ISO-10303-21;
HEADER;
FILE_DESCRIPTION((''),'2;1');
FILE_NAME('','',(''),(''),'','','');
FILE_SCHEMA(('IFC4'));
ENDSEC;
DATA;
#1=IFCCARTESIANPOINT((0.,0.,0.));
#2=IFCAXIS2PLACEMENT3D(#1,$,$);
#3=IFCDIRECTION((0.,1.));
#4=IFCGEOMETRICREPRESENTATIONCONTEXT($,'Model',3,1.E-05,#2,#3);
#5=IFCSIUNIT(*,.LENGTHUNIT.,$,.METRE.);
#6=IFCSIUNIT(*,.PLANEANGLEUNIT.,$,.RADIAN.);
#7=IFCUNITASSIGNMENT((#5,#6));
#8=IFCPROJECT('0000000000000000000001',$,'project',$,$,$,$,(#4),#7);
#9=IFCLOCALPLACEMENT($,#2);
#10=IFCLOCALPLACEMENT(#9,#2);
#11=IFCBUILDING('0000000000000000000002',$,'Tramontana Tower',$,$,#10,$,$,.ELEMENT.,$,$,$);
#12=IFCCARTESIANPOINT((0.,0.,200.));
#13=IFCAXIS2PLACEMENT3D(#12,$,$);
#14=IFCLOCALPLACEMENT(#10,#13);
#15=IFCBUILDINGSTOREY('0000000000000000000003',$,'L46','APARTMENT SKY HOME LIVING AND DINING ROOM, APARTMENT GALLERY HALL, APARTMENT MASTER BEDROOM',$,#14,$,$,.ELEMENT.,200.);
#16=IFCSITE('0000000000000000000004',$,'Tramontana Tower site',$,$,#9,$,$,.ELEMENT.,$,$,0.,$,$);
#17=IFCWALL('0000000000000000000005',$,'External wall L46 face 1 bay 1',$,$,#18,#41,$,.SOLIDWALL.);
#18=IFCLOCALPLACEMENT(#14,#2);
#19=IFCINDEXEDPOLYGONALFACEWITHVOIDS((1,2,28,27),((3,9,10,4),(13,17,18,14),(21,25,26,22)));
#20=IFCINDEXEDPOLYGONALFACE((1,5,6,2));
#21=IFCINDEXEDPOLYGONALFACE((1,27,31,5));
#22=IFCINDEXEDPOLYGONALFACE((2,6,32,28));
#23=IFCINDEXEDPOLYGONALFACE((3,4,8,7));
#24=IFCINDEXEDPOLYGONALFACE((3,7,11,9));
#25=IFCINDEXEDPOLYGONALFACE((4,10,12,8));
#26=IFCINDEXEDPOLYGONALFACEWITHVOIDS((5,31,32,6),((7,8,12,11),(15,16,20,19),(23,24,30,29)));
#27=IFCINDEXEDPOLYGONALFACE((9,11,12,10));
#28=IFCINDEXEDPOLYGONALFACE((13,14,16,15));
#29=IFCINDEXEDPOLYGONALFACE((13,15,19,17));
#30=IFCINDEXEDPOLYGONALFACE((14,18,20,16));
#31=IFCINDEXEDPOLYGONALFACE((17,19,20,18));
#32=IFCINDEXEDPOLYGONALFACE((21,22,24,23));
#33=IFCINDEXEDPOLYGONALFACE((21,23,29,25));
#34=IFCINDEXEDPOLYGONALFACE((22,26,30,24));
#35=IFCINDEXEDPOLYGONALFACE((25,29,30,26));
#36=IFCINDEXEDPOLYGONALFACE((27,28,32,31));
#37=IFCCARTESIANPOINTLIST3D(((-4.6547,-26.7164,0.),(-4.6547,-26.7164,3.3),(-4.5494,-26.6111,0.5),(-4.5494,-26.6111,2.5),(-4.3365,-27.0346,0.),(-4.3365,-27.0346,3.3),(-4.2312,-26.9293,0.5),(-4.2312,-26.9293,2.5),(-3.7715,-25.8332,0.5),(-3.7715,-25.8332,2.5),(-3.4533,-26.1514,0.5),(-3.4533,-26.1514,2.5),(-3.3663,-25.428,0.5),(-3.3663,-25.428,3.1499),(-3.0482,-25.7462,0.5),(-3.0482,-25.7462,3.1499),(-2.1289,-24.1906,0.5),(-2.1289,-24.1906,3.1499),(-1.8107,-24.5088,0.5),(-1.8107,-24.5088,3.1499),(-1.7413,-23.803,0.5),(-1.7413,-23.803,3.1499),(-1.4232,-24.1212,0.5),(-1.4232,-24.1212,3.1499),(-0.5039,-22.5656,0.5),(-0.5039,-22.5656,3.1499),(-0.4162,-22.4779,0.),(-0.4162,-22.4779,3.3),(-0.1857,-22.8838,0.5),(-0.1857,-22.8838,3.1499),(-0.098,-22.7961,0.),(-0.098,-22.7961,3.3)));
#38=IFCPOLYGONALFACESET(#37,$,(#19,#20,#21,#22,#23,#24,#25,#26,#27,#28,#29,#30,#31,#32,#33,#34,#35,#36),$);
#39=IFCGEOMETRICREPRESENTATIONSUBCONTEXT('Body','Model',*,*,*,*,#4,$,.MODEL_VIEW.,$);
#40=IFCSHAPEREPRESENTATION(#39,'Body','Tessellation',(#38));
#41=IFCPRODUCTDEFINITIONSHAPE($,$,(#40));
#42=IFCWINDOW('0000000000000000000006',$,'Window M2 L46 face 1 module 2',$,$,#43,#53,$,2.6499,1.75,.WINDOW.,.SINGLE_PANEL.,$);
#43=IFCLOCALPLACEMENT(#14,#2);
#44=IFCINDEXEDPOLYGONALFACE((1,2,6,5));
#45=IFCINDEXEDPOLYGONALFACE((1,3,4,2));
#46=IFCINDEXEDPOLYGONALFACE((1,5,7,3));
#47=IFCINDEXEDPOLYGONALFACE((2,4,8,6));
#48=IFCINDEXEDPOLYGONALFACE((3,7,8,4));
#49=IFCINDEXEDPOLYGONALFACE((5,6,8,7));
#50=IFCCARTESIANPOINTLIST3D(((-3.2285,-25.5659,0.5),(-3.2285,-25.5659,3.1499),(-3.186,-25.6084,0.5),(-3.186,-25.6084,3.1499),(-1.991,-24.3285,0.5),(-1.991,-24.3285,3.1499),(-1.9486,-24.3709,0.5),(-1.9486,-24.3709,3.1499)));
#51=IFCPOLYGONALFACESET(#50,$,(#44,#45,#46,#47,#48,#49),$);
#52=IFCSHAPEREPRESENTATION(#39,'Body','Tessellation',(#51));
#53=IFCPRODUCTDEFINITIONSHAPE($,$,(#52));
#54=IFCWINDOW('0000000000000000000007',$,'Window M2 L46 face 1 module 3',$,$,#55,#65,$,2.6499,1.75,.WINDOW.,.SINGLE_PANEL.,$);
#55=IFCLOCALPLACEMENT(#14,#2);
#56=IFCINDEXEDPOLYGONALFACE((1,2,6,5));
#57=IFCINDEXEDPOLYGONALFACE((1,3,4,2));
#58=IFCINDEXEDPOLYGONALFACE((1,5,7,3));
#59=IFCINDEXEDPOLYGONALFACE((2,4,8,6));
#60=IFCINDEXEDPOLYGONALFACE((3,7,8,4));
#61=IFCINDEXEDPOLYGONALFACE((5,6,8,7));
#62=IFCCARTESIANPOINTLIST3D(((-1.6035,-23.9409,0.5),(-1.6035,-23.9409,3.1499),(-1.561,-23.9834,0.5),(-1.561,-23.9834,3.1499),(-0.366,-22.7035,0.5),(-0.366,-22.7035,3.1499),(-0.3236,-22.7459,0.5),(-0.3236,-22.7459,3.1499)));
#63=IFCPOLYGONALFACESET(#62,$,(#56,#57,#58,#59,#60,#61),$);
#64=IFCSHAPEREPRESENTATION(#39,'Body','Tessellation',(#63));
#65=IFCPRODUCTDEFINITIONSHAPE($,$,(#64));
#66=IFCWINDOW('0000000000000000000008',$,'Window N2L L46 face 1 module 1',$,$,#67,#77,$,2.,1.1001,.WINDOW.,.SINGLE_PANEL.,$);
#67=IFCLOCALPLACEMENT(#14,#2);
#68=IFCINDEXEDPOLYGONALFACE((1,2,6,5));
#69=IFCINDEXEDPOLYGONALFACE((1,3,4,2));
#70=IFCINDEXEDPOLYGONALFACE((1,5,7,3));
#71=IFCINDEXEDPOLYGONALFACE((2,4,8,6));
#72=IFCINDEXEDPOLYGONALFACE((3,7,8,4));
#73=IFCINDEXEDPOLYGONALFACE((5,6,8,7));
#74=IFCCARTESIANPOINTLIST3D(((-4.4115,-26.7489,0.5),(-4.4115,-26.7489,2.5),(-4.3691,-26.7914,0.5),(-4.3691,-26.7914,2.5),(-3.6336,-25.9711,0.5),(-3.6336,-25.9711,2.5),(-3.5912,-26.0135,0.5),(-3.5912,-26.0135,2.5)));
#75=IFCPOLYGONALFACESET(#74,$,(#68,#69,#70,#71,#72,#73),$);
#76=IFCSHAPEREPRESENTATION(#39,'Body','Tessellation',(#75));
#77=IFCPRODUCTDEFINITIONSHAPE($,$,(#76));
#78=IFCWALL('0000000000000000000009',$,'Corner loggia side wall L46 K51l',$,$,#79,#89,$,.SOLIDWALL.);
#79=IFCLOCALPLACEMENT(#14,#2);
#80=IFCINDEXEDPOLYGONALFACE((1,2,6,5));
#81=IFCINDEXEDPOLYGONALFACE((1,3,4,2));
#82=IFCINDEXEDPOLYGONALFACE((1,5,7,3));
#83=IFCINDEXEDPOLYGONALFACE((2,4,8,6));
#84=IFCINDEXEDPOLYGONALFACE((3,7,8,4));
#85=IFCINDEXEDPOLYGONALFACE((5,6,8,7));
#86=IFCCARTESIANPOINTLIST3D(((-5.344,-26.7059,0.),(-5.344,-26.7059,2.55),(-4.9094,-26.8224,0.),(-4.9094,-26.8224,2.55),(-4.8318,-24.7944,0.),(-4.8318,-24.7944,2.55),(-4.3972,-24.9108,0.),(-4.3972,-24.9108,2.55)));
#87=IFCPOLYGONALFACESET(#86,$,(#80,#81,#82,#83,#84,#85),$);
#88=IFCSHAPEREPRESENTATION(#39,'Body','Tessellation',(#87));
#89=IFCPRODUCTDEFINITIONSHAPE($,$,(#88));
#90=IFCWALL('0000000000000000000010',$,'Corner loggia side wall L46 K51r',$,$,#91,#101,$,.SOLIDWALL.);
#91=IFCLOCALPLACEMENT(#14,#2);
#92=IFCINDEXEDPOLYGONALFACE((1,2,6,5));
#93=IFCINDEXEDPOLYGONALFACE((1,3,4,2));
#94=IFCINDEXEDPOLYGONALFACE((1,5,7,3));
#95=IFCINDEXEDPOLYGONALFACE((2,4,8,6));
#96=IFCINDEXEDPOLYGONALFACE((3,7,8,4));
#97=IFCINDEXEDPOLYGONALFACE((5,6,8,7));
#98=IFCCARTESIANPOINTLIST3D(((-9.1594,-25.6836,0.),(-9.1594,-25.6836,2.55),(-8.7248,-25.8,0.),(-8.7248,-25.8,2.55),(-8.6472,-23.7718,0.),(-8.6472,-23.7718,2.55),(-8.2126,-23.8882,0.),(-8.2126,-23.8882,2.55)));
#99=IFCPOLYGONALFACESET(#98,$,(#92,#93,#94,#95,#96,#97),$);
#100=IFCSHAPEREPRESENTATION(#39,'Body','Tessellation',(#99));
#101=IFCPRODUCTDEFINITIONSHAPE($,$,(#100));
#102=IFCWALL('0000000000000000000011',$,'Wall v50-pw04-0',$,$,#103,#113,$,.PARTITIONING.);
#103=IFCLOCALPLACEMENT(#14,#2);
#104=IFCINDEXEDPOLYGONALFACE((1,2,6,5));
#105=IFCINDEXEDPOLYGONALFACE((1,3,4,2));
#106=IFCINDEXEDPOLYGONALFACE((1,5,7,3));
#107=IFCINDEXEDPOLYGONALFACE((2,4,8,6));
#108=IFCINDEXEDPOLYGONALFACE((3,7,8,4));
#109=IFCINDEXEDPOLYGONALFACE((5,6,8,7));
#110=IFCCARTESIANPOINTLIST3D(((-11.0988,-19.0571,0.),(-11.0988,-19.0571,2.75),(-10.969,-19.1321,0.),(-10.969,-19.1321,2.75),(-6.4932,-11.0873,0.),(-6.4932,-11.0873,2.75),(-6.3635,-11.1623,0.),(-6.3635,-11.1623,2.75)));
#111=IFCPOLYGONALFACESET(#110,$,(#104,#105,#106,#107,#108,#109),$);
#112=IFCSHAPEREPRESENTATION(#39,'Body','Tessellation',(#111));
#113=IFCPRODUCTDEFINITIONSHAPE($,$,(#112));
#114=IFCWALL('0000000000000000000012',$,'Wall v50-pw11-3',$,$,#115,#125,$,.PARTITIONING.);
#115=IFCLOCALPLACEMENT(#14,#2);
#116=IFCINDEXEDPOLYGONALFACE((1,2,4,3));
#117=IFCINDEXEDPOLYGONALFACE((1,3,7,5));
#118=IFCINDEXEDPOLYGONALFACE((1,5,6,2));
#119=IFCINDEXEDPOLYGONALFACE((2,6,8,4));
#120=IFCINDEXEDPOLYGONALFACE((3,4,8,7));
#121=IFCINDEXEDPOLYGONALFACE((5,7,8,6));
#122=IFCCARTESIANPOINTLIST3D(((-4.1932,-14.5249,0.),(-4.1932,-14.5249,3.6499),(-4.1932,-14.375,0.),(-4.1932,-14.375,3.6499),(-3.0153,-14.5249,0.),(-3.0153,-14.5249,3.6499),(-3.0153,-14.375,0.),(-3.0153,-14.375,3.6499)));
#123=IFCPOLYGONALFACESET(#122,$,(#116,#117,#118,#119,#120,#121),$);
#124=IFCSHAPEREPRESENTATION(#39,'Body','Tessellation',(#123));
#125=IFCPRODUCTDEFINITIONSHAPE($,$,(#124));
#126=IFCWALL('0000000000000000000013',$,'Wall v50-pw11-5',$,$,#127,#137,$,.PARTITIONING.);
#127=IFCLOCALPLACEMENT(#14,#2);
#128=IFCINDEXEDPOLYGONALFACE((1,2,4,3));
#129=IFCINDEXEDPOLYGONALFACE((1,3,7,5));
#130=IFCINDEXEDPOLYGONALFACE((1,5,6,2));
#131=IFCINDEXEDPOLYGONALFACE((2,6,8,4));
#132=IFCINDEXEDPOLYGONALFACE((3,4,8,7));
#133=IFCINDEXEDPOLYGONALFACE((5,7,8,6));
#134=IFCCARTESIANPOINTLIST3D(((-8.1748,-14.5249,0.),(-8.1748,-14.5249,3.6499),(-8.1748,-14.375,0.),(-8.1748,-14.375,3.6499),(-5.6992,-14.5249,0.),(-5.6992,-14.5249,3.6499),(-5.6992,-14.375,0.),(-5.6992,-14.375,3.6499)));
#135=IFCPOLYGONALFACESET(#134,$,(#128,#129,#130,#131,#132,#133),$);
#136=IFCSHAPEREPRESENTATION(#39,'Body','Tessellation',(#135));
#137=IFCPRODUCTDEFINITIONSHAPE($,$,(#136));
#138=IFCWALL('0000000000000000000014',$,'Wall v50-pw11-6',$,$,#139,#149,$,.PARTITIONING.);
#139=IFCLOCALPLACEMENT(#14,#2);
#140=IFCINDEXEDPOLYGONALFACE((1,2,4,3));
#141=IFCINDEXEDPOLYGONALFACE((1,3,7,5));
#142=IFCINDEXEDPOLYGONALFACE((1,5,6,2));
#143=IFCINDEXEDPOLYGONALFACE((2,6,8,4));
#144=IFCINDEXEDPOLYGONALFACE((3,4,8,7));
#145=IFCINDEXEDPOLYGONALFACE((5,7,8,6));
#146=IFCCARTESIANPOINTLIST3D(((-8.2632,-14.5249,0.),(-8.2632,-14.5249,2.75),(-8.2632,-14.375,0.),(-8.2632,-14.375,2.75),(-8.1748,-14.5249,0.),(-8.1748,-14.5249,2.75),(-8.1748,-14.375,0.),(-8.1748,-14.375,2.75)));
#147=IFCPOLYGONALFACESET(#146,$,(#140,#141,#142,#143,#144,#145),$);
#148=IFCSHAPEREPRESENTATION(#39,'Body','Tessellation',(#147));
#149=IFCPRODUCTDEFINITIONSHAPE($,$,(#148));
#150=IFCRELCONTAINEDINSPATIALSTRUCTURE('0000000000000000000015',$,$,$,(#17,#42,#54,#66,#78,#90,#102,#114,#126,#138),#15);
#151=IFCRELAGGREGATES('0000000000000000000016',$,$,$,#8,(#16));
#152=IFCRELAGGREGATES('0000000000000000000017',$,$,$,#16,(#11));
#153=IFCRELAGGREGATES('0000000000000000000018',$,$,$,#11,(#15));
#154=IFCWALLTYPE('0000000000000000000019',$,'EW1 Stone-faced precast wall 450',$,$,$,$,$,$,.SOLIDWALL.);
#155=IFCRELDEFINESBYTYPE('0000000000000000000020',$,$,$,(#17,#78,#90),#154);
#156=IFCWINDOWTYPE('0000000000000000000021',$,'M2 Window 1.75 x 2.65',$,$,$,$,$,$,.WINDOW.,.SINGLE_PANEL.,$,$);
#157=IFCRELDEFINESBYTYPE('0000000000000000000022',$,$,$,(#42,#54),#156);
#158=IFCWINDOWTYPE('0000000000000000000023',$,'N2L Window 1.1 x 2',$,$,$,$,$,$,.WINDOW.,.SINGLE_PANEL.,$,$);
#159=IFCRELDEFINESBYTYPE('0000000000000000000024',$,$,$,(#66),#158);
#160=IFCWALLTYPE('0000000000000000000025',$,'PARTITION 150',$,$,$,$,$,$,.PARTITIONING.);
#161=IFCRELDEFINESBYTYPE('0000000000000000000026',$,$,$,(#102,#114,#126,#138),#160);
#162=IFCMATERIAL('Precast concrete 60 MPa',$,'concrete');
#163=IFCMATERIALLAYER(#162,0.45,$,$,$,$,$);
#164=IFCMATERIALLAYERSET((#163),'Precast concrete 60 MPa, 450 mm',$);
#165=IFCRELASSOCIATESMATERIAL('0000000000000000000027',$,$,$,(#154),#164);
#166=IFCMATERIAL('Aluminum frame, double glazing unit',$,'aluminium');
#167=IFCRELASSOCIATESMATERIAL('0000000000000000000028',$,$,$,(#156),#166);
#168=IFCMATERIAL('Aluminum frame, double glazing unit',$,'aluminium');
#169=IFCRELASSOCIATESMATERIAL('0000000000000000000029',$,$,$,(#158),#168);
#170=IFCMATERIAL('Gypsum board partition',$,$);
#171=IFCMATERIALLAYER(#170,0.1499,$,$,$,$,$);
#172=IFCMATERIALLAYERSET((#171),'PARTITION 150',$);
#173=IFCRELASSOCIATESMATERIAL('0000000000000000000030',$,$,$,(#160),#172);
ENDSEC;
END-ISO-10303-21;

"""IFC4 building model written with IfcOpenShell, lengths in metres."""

from ifc_helpers import new_model, si_unit, direction, frame, frame_2d, origin, place, context, subcontext, project, spatial, rectangle, extrude, material, layer, layer_set, type_object, element, fill, save


model = new_model("IFC4")

# Units and contexts
model_context = context("Model", 3, precision=1e-05, world=origin(), true_north=direction((0.0, 1.0)))
body_context = subcontext(model_context, "Body", "Model", "MODEL_VIEW")
ifc_project = project(units=[si_unit("LENGTHUNIT", "METRE"), si_unit("PLANEANGLEUNIT", "RADIAN")], contexts=[model_context])

# Site, building, storey
site_placement = place(None, origin())
site = spatial("IfcSite", under=ifc_project, at=site_placement, Name="Tramontana Tower site", CompositionType="ELEMENT", RefElevation=0.0)
building_placement = place(site_placement, origin())
building = spatial("IfcBuilding", under=site, at=building_placement, Name="Tramontana Tower", CompositionType="ELEMENT")
storey_placement = place(building_placement, frame((0.0, 0.0, 200.0)))
storey = spatial("IfcBuildingStorey", under=building, at=storey_placement, Name="L46", Description="APARTMENT SKY HOME LIVING AND DINING ROOM, APARTMENT GALLERY HALL, APARTMENT MASTER BEDROOM", CompositionType="ELEMENT", Elevation=200.0)

# Wall, openings, windows
ifc_material_1 = material(Name="Precast concrete 60 MPa", Category="concrete")
ifc_layer_1 = layer(ifc_material_1, 0.45)
ifc_layer_set_1 = layer_set([ifc_layer_1], Name="Precast concrete 60 MPa, 450 mm")
wall_type_1 = type_object("IfcWallType", Name="EW1 Stone-faced precast wall 450", PredefinedType="SOLIDWALL", material=ifc_layer_set_1)
ifc_material_2 = material(Name="Aluminum frame, double glazing unit", Category="aluminium")
window_type_1 = type_object("IfcWindowType", Name="M2 Window 1.75 x 2.65", PartitioningType="SINGLE_PANEL", PredefinedType="WINDOW", material=ifc_material_2)
ifc_material_3 = material(Name="Aluminum frame, double glazing unit", Category="aluminium")
window_type_2 = type_object("IfcWindowType", Name="N2L Window 1.1 x 2", PartitioningType="SINGLE_PANEL", PredefinedType="WINDOW", material=ifc_material_3)
wall_1_placement = place(storey_placement, frame((-4.4956, -26.8755, 0.0), z_axis=(0.0, 0.0, 1.0), x_axis=(0.707107, 0.707107, 0.0)))
wall_1 = element("IfcWall", 1, at=wall_1_placement, inside=storey, type_object=wall_type_1, Name="External wall L46 face 1 bay 1", PredefinedType="SOLIDWALL", context=body_context, shape_type="SweptSolid", body=[
    extrude(rectangle(XDim=5.9941, YDim=0.45, at=frame_2d((2.9971, 0.0))), origin(), (0.0, 0.0, 1.0), 3.3),
])
opening_1_placement = place(wall_1_placement, frame((0.1489, 0.0, 0.5)))
opening_1 = element("IfcOpeningElement", 2, at=opening_1_placement, cuts=wall_1, PredefinedType="OPENING", context=body_context, shape_type="SweptSolid", body=[
    extrude(rectangle(XDim=1.1001, YDim=2.0, at=frame_2d((0.55, 1.0))), frame((0.0, 0.2349, 0.0), z_axis=(0.0, -1.0, 0.0), x_axis=(1.0, 0.0, 0.0)), (0.0, 0.0, 1.0), 0.47),
])
opening_2_placement = place(wall_1_placement, frame((1.822, 0.0, 0.5)))
opening_2 = element("IfcOpeningElement", 3, at=opening_2_placement, cuts=wall_1, PredefinedType="OPENING", context=body_context, shape_type="SweptSolid", body=[
    extrude(rectangle(XDim=1.75, YDim=2.6499, at=frame_2d((0.875, 1.325))), frame((0.0, 0.2349, 0.0), z_axis=(0.0, -1.0, 0.0), x_axis=(1.0, 0.0, 0.0)), (0.0, 0.0, 1.0), 0.47),
])
opening_3_placement = place(wall_1_placement, frame((4.1201, 0.0, 0.5)))
opening_3 = element("IfcOpeningElement", 4, at=opening_3_placement, cuts=wall_1, PredefinedType="OPENING", context=body_context, shape_type="SweptSolid", body=[
    extrude(rectangle(XDim=1.75, YDim=2.6499, at=frame_2d((0.875, 1.325))), frame((0.0, 0.2349, 0.0), z_axis=(0.0, -1.0, 0.0), x_axis=(1.0, 0.0, 0.0)), (0.0, 0.0, 1.0), 0.47),
])
window_1_placement = place(opening_2_placement, origin())
window_1 = element("IfcWindow", 5, at=window_1_placement, inside=storey, type_object=window_type_1, Name="Window M2 L46 face 1 module 2", OverallHeight=2.6499, OverallWidth=1.75, PartitioningType="SINGLE_PANEL", PredefinedType="WINDOW", context=body_context, shape_type="SweptSolid", body=[
    extrude(rectangle(XDim=1.75, YDim=2.6499, at=frame_2d((0.875, 1.325))), frame((0.0, 0.03, 0.0), z_axis=(0.0, -1.0, 0.0), x_axis=(1.0, 0.0, 0.0)), (0.0, 0.0, 1.0), 0.0601),
])
fill(opening_2, window_1)
window_2_placement = place(opening_3_placement, origin())
window_2 = element("IfcWindow", 6, at=window_2_placement, inside=storey, type_object=window_type_1, Name="Window M2 L46 face 1 module 3", OverallHeight=2.6499, OverallWidth=1.75, PartitioningType="SINGLE_PANEL", PredefinedType="WINDOW", context=body_context, shape_type="SweptSolid", body=[
    extrude(rectangle(XDim=1.75, YDim=2.6499, at=frame_2d((0.875, 1.325))), frame((0.0, 0.03, 0.0), z_axis=(0.0, -1.0, 0.0), x_axis=(1.0, 0.0, 0.0)), (0.0, 0.0, 1.0), 0.0601),
])
fill(opening_3, window_2)
window_3_placement = place(opening_1_placement, origin())
window_3 = element("IfcWindow", 7, at=window_3_placement, inside=storey, type_object=window_type_2, Name="Window N2L L46 face 1 module 1", OverallHeight=2.0, OverallWidth=1.1001, PartitioningType="SINGLE_PANEL", PredefinedType="WINDOW", context=body_context, shape_type="SweptSolid", body=[
    extrude(rectangle(XDim=1.1001, YDim=2.0, at=frame_2d((0.55, 1.0))), frame((0.0, 0.03, 0.0), z_axis=(0.0, -1.0, 0.0), x_axis=(1.0, 0.0, 0.0)), (0.0, 0.0, 1.0), 0.0601),
])
fill(opening_1, window_3)

# Walls
wall_2_placement = place(storey_placement, frame((-5.1267, -26.7642, 0.0), z_axis=(0.0, 0.0, 1.0), x_axis=(0.258814, 0.965927, 0.0)))
element("IfcWall", 8, at=wall_2_placement, inside=storey, type_object=wall_type_1, Name="Corner loggia side wall L46 K51l", PredefinedType="SOLIDWALL", context=body_context, shape_type="SweptSolid", body=[
    extrude(rectangle(XDim=1.979, YDim=0.45, at=frame_2d((0.9895, 0.0))), origin(), (0.0, 0.0, 1.0), 2.55),
])
wall_3_placement = place(storey_placement, frame((-8.9421, -25.7419, 0.0), z_axis=(0.0, 0.0, 1.0), x_axis=(0.258783, 0.965935, 0.0)))
element("IfcWall", 9, at=wall_3_placement, inside=storey, type_object=wall_type_1, Name="Corner loggia side wall L46 K51r", PredefinedType="SOLIDWALL", context=body_context, shape_type="SweptSolid", body=[
    extrude(rectangle(XDim=1.9792, YDim=0.45, at=frame_2d((0.9897, 0.0))), origin(), (0.0, 0.0, 1.0), 2.55),
])

# Walls
ifc_material_4 = material(Name="Gypsum board partition")
ifc_layer_2 = layer(ifc_material_4, 0.1499)
ifc_layer_set_2 = layer_set([ifc_layer_2], Name="PARTITION 150")
wall_type_2 = type_object("IfcWallType", Name="PARTITION 150", PredefinedType="PARTITIONING", material=ifc_layer_set_2)
wall_4_placement = place(storey_placement, frame((-11.0339, -19.0947, 0.0), z_axis=(0.0, 0.0, 1.0), x_axis=(0.500338, 0.86583, 0.0)))
element("IfcWall", 10, at=wall_4_placement, inside=storey, type_object=wall_type_2, Name="Wall v50-pw04-0", PredefinedType="PARTITIONING", context=body_context, shape_type="SweptSolid", body=[
    extrude(rectangle(XDim=9.2048, YDim=0.1499, at=frame_2d((4.6025, 0.0))), origin(), (0.0, 0.0, 1.0), 2.75),
])
wall_5_placement = place(storey_placement, frame((-3.0154, -14.45, 0.0), z_axis=(0.0, 0.0, 1.0), x_axis=(-1.0, 0.0, 0.0)))
element("IfcWall", 11, at=wall_5_placement, inside=storey, type_object=wall_type_2, Name="Wall v50-pw11-3", PredefinedType="PARTITIONING", context=body_context, shape_type="SweptSolid", body=[
    extrude(rectangle(XDim=1.178, YDim=0.1499, at=frame_2d((0.5889, 0.0))), origin(), (0.0, 0.0, 1.0), 3.6499),
])

# Walls
wall_6_placement = place(storey_placement, frame((-5.6992, -14.45, 0.0), z_axis=(0.0, 0.0, 1.0), x_axis=(-1.0, 0.0, 0.0)))
element("IfcWall", 12, at=wall_6_placement, inside=storey, type_object=wall_type_2, Name="Wall v50-pw11-5", PredefinedType="PARTITIONING", context=body_context, shape_type="SweptSolid", body=[
    extrude(rectangle(XDim=2.4756, YDim=0.1499, at=frame_2d((1.2378, 0.0))), origin(), (0.0, 0.0, 1.0), 3.6499),
])
wall_7_placement = place(storey_placement, frame((-8.1748, -14.45, 0.0), z_axis=(0.0, 0.0, 1.0), x_axis=(-1.0, 0.0, 0.0)))
element("IfcWall", 13, at=wall_7_placement, inside=storey, type_object=wall_type_2, Name="Wall v50-pw11-6", PredefinedType="PARTITIONING", context=body_context, shape_type="SweptSolid", body=[
    extrude(rectangle(XDim=0.0884, YDim=0.1499, at=frame_2d((0.0442, 0.0))), origin(), (0.0, 0.0, 1.0), 2.75),
])

save(model, "model.ifc")
